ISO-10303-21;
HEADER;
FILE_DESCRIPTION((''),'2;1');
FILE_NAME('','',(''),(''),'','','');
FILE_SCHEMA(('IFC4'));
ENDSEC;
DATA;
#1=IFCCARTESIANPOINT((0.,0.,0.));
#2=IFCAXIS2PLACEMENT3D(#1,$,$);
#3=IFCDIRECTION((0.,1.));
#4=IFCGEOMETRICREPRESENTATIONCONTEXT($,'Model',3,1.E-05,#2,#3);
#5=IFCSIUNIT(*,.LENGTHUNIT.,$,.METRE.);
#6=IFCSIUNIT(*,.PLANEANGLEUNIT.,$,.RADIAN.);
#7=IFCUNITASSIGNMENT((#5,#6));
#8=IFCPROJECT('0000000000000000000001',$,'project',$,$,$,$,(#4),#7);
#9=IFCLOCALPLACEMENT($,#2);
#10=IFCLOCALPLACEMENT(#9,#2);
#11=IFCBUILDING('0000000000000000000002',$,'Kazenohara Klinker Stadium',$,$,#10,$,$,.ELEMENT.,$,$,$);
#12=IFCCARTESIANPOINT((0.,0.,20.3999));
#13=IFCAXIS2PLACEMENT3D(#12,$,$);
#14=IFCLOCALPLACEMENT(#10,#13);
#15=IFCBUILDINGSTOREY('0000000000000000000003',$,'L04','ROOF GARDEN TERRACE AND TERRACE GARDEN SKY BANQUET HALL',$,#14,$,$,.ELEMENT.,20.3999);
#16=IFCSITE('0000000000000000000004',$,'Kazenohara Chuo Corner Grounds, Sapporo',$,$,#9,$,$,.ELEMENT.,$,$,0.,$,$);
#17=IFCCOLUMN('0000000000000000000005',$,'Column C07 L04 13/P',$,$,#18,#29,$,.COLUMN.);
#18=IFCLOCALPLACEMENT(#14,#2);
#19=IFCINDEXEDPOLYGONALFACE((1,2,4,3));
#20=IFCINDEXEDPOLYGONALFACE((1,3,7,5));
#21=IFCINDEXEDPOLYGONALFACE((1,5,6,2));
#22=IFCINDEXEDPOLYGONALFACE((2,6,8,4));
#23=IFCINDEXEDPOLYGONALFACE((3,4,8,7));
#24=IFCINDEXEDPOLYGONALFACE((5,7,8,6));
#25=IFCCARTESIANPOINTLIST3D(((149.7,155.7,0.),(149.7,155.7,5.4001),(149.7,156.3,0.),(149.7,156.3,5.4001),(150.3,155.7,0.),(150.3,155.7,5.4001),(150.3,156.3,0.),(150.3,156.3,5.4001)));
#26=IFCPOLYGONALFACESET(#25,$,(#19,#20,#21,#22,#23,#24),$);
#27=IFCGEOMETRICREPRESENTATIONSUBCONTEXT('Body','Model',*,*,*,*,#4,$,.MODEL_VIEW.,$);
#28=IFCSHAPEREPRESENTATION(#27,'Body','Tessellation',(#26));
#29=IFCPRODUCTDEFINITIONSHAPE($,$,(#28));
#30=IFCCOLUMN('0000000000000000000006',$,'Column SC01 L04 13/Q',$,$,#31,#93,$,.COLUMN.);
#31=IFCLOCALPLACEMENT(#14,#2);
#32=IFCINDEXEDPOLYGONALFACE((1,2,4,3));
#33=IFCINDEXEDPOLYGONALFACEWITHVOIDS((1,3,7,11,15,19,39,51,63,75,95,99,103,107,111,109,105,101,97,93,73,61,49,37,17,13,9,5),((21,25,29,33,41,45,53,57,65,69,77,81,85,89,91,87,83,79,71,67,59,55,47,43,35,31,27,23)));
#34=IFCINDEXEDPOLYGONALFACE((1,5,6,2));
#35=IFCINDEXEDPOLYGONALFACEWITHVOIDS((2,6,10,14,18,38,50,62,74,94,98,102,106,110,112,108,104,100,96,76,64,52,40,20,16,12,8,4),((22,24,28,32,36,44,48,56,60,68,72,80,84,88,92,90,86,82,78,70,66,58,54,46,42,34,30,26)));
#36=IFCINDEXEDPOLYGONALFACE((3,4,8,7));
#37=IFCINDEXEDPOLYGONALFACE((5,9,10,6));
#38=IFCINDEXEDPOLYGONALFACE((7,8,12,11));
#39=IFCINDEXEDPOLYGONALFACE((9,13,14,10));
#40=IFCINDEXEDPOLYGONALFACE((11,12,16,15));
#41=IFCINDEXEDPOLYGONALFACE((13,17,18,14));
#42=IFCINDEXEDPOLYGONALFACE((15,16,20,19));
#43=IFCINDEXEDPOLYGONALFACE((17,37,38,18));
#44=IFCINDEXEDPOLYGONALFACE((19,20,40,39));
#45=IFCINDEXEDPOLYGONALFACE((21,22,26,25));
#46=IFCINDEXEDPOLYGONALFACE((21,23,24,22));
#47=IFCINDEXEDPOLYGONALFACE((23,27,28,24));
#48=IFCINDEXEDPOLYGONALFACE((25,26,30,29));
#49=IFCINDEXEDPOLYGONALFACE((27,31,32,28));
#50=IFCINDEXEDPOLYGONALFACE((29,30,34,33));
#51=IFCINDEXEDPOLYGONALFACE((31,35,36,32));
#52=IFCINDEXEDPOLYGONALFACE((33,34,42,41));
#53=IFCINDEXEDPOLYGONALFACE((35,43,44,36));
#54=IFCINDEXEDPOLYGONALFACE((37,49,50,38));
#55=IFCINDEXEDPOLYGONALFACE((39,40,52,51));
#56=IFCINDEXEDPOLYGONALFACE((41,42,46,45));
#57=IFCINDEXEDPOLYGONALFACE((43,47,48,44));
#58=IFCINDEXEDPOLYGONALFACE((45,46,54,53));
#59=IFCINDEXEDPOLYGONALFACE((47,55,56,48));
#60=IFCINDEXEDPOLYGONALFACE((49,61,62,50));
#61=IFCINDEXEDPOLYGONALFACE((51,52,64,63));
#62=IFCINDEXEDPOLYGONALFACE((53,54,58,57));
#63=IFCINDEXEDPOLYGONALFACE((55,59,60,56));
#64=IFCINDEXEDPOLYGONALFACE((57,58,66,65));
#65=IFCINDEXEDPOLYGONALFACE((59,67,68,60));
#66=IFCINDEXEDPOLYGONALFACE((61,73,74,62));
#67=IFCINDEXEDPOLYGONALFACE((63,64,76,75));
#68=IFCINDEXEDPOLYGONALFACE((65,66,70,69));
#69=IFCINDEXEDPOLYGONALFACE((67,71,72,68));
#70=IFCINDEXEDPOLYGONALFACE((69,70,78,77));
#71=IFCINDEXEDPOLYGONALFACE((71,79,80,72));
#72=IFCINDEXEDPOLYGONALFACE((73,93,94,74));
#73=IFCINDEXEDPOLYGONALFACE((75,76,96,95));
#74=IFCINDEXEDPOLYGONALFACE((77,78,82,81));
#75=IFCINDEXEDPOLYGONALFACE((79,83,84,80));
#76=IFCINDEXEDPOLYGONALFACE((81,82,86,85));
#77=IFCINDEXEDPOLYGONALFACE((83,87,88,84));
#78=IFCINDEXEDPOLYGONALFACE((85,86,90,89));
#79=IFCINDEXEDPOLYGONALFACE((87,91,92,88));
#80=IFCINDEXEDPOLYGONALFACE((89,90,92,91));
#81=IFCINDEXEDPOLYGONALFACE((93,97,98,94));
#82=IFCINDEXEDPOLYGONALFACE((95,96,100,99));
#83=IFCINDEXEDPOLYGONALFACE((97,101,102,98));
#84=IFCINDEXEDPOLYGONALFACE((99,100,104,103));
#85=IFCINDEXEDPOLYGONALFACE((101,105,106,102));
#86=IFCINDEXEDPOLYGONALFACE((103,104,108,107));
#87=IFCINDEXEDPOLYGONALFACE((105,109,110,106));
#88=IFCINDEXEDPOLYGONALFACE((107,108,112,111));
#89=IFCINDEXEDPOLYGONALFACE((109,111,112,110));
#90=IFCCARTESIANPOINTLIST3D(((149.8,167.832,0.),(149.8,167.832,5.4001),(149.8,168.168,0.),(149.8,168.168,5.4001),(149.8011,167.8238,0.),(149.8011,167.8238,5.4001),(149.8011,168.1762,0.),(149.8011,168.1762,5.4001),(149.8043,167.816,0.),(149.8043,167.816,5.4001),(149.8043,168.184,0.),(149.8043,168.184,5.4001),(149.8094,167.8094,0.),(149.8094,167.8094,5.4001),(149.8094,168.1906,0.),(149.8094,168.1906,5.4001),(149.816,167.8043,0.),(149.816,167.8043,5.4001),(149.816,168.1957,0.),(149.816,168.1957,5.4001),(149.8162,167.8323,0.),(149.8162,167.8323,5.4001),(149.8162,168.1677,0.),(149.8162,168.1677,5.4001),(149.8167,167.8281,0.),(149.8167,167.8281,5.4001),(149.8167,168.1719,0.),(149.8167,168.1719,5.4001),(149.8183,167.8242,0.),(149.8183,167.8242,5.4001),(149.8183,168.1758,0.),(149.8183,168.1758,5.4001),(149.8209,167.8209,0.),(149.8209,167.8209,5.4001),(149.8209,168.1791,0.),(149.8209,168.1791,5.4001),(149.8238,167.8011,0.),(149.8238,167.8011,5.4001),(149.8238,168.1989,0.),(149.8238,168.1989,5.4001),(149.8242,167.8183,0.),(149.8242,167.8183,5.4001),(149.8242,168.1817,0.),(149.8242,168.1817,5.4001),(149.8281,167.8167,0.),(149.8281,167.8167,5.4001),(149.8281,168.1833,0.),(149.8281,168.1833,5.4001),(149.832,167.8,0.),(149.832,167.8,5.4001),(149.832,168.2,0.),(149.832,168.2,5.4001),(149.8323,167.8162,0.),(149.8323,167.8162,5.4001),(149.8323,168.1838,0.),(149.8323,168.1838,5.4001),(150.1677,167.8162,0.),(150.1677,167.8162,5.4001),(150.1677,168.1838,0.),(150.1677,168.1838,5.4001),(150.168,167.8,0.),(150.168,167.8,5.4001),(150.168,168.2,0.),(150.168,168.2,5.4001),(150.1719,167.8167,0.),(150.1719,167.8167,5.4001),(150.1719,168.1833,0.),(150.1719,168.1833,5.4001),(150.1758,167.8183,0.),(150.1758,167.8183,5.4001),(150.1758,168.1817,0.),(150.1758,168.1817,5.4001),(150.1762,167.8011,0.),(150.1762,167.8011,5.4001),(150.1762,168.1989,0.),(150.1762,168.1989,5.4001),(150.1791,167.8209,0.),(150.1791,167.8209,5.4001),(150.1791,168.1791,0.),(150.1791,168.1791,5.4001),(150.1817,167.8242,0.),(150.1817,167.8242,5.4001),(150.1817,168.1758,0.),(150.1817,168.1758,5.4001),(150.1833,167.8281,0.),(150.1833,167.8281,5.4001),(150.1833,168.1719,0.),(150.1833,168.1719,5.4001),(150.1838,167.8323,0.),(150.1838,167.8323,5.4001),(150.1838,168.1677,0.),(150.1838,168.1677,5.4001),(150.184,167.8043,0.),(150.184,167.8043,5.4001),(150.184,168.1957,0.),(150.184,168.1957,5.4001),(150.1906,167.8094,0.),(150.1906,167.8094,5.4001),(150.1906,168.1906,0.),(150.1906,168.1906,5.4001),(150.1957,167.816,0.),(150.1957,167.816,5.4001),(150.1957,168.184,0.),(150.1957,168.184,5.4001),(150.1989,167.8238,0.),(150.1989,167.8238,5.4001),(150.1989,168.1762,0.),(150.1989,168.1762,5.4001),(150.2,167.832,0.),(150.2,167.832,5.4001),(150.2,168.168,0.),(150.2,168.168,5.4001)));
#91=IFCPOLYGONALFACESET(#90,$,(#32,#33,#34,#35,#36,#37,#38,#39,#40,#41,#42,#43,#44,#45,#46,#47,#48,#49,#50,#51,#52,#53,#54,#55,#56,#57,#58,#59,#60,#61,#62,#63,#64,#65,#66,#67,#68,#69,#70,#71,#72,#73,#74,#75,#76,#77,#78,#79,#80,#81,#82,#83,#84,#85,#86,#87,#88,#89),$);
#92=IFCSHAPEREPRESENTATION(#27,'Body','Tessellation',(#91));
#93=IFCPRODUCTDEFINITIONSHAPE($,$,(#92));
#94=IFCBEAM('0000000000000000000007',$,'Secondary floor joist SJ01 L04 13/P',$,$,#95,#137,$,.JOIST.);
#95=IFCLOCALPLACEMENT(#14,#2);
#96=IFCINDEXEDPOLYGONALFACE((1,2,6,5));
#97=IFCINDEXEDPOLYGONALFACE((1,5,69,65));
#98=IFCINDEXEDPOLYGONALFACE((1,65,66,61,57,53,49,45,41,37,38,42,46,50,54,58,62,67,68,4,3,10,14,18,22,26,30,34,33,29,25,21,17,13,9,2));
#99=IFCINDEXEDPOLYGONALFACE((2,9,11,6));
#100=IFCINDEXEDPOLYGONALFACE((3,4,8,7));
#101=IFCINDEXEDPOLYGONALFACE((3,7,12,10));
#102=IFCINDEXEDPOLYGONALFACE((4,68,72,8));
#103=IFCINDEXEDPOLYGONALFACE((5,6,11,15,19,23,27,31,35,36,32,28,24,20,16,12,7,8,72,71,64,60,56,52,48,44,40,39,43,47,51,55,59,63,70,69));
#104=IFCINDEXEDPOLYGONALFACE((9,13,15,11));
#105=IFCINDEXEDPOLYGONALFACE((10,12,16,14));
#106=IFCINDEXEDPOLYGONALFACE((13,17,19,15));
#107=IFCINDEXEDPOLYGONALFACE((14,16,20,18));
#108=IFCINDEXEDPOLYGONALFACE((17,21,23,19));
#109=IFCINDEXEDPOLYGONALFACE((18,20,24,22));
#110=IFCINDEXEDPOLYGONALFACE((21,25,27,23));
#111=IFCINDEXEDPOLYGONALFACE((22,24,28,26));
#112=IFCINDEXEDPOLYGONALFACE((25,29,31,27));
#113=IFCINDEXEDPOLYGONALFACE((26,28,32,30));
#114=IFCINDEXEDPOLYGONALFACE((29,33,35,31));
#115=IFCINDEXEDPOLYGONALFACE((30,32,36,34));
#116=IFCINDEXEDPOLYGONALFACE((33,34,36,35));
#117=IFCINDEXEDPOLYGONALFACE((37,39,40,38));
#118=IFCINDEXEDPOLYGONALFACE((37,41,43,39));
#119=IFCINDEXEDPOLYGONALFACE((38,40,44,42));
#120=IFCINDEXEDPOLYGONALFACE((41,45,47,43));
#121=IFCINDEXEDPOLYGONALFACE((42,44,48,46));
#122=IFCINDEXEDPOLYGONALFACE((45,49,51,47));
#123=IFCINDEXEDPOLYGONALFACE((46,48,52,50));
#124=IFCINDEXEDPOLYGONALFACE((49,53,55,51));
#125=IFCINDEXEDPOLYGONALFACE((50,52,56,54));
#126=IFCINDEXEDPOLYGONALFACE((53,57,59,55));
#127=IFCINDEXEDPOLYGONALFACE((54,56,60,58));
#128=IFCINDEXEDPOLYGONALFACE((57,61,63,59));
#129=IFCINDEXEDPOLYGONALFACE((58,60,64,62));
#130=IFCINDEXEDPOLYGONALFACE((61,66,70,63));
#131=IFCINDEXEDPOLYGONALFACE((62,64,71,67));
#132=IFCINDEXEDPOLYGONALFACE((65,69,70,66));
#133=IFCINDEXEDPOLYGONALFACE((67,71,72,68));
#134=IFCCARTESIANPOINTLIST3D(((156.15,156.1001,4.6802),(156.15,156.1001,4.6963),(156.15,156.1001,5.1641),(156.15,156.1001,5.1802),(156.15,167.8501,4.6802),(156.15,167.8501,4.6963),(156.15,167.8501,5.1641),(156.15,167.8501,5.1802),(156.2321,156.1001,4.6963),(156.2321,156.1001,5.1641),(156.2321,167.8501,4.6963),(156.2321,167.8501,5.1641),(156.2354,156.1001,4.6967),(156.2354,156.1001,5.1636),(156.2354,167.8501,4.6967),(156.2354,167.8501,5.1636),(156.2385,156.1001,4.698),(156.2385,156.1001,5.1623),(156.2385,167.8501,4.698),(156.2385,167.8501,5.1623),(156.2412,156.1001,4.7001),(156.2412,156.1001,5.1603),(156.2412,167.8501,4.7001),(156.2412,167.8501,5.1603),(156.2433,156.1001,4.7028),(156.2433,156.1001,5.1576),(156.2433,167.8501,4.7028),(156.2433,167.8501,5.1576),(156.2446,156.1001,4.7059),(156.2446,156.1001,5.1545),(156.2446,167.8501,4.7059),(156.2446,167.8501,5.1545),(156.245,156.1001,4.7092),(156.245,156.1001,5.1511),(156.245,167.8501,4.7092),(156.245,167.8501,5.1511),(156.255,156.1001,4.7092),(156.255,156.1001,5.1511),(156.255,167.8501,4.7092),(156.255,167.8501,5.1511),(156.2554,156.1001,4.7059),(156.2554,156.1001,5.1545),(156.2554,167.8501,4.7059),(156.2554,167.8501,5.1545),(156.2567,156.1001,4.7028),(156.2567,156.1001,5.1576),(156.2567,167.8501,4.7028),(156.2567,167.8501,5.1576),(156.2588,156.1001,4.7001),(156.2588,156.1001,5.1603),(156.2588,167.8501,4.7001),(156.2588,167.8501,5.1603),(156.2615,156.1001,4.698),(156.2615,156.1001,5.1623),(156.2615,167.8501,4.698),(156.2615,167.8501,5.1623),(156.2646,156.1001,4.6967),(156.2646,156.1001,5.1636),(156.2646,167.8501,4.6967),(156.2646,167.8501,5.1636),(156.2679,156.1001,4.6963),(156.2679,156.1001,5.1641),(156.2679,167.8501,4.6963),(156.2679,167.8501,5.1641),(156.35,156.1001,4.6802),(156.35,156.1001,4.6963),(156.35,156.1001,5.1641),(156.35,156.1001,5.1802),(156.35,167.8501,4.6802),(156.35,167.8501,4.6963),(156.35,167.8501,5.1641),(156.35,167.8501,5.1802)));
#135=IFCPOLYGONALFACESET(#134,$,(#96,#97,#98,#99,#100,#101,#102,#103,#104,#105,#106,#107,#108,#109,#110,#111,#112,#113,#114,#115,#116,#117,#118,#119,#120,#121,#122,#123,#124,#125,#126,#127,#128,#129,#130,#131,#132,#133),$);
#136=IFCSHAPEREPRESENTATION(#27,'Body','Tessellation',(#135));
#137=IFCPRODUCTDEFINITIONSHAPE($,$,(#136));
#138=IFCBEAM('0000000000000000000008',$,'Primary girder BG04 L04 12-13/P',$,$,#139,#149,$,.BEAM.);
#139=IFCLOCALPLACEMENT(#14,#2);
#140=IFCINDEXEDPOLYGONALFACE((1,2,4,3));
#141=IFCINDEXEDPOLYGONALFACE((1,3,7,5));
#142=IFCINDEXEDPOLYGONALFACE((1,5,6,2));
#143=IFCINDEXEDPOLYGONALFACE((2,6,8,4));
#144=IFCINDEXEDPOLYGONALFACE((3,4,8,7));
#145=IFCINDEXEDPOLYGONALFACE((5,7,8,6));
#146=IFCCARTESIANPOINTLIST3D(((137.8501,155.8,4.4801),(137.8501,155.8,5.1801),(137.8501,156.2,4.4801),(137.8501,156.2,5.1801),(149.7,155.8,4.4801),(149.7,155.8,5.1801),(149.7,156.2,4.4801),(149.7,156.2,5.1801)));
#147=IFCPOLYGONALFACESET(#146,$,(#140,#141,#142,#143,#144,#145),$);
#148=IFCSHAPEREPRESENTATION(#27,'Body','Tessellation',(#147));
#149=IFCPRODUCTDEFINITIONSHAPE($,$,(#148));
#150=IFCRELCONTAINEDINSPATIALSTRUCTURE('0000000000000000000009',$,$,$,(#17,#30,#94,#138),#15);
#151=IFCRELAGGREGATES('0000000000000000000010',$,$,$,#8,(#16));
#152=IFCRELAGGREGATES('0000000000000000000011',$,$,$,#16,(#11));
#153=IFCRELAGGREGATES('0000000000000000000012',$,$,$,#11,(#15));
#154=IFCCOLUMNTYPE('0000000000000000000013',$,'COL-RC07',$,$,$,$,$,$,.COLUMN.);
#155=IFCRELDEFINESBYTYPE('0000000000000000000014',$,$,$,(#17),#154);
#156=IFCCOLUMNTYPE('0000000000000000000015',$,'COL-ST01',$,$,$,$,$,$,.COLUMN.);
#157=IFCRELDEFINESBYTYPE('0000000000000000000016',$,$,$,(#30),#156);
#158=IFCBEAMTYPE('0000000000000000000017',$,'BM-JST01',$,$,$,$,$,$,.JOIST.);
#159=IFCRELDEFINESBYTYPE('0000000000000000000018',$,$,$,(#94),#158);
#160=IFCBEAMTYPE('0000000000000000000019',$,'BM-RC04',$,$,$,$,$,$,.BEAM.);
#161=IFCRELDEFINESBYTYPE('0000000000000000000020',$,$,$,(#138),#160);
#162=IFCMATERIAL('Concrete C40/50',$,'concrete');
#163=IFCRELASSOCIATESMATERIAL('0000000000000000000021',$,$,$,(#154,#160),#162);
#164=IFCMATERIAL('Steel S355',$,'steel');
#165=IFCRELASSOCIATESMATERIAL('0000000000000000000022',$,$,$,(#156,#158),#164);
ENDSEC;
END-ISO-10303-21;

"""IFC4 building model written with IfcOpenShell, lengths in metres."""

from ifc_helpers import new_model, si_unit, direction, frame, origin, origin_2d, place, context, subcontext, project, spatial, rectangle, hollow_rectangle, i_section, extrude, material, material_profile, profile_set, type_object, element, save


model = new_model("IFC4")

# Units and contexts
model_context = context("Model", 3, precision=1e-05, world=origin(), true_north=direction((0.0, 1.0)))
body_context = subcontext(model_context, "Body", "Model", "MODEL_VIEW")
ifc_project = project(units=[si_unit("LENGTHUNIT", "METRE"), si_unit("PLANEANGLEUNIT", "RADIAN")], contexts=[model_context])

# Site, building, storey
site_placement = place(None, origin())
site = spatial("IfcSite", under=ifc_project, at=site_placement, Name="Kazenohara Chuo Corner Grounds, Sapporo", CompositionType="ELEMENT", RefElevation=0.0)
building_placement = place(site_placement, origin())
building = spatial("IfcBuilding", under=site, at=building_placement, Name="Kazenohara Klinker Stadium", CompositionType="ELEMENT")
storey_placement = place(building_placement, frame((0.0, 0.0, 20.3999)))
storey = spatial("IfcBuildingStorey", under=building, at=storey_placement, Name="L04", Description="ROOF GARDEN TERRACE AND TERRACE GARDEN SKY BANQUET HALL", CompositionType="ELEMENT", Elevation=20.3999)

# Columns
ifc_material_1 = material(Name="Concrete C40/50", Category="concrete")
ifc_material_profile_1 = material_profile(ifc_material_1, rectangle(XDim=0.6001, YDim=0.6001, at=origin_2d()), Name="RC-COL-600x600")
ifc_profile_set_1 = profile_set([ifc_material_profile_1], Name="Concrete C40/50")
column_type_1 = type_object("IfcColumnType", Name="COL-RC07", PredefinedType="COLUMN", material=ifc_profile_set_1)
column_1_placement = place(storey_placement, frame((150.0, 156.0, 0.0), z_axis=(0.0, 0.0, 1.0), x_axis=(1.0, 0.0, 0.0)))
element("IfcColumn", 1, at=column_1_placement, inside=storey, type_object=column_type_1, Name="Column C07 L04 13/P", PredefinedType="COLUMN", context=body_context, shape_type="SweptSolid", body=[
    extrude(rectangle(XDim=0.6001, YDim=0.6001, at=origin_2d()), origin(), (0.0, 0.0, 1.0), 5.4001),
])
ifc_material_2 = material(Name="Steel S355", Category="steel")
ifc_material_profile_2 = material_profile(ifc_material_2, hollow_rectangle(XDim=0.3999, YDim=0.3999, WallThickness=0.0161, InnerFilletRadius=0.0161, OuterFilletRadius=0.032, at=origin_2d()), Name="SHS-400x400x16")
ifc_profile_set_2 = profile_set([ifc_material_profile_2], Name="Steel S355")
column_type_2 = type_object("IfcColumnType", Name="COL-ST01", PredefinedType="COLUMN", material=ifc_profile_set_2)
column_2_placement = place(storey_placement, frame((150.0, 168.0, 0.0), z_axis=(0.0, 0.0, 1.0), x_axis=(1.0, 0.0, 0.0)))
element("IfcColumn", 2, at=column_2_placement, inside=storey, type_object=column_type_2, Name="Column SC01 L04 13/Q", PredefinedType="COLUMN", context=body_context, shape_type="SweptSolid", body=[
    extrude(hollow_rectangle(XDim=0.3999, YDim=0.3999, WallThickness=0.0161, InnerFilletRadius=0.0161, OuterFilletRadius=0.032, at=origin_2d()), origin(), (0.0, 0.0, 1.0), 5.4001),
])

# Beams
ifc_material_profile_3 = material_profile(ifc_material_2, i_section(OverallWidth=0.2, OverallDepth=0.5, WebThickness=0.01, FlangeThickness=0.0161, FilletRadius=0.0129, at=origin_2d()), Name="H-500x200x10x16")
ifc_profile_set_3 = profile_set([ifc_material_profile_3], Name="Steel S355")
beam_type_1 = type_object("IfcBeamType", Name="BM-JST01", PredefinedType="JOIST", material=ifc_profile_set_3)
beam_1_placement = place(storey_placement, frame((156.25, 156.1001, 4.9302), z_axis=(0.0, 1.0, 0.0), x_axis=(-1.0, 0.0, 0.0)))
element("IfcBeam", 3, at=beam_1_placement, inside=storey, type_object=beam_type_1, Name="Secondary floor joist SJ01 L04 13/P", PredefinedType="JOIST", context=body_context, shape_type="SweptSolid", body=[
    extrude(i_section(OverallWidth=0.2, OverallDepth=0.5, WebThickness=0.01, FlangeThickness=0.0161, FilletRadius=0.0129, at=origin_2d()), origin(), (0.0, 0.0, 1.0), 11.75),
])
ifc_material_profile_4 = material_profile(ifc_material_1, rectangle(XDim=0.3999, YDim=0.7, at=origin_2d()), Name="RC-BM-400x700")
ifc_profile_set_4 = profile_set([ifc_material_profile_4], Name="Concrete C40/50")
beam_type_2 = type_object("IfcBeamType", Name="BM-RC04", PredefinedType="BEAM", material=ifc_profile_set_4)
beam_2_placement = place(storey_placement, frame((137.8501, 156.0, 4.8301), z_axis=(1.0, 0.0, 0.0), x_axis=(0.0, 1.0, 0.0)))
element("IfcBeam", 4, at=beam_2_placement, inside=storey, type_object=beam_type_2, Name="Primary girder BG04 L04 12-13/P", PredefinedType="BEAM", context=body_context, shape_type="SweptSolid", body=[
    extrude(rectangle(XDim=0.3999, YDim=0.7, at=origin_2d()), origin(), (0.0, 0.0, 1.0), 11.8499),
])

save(model, "model.ifc")
